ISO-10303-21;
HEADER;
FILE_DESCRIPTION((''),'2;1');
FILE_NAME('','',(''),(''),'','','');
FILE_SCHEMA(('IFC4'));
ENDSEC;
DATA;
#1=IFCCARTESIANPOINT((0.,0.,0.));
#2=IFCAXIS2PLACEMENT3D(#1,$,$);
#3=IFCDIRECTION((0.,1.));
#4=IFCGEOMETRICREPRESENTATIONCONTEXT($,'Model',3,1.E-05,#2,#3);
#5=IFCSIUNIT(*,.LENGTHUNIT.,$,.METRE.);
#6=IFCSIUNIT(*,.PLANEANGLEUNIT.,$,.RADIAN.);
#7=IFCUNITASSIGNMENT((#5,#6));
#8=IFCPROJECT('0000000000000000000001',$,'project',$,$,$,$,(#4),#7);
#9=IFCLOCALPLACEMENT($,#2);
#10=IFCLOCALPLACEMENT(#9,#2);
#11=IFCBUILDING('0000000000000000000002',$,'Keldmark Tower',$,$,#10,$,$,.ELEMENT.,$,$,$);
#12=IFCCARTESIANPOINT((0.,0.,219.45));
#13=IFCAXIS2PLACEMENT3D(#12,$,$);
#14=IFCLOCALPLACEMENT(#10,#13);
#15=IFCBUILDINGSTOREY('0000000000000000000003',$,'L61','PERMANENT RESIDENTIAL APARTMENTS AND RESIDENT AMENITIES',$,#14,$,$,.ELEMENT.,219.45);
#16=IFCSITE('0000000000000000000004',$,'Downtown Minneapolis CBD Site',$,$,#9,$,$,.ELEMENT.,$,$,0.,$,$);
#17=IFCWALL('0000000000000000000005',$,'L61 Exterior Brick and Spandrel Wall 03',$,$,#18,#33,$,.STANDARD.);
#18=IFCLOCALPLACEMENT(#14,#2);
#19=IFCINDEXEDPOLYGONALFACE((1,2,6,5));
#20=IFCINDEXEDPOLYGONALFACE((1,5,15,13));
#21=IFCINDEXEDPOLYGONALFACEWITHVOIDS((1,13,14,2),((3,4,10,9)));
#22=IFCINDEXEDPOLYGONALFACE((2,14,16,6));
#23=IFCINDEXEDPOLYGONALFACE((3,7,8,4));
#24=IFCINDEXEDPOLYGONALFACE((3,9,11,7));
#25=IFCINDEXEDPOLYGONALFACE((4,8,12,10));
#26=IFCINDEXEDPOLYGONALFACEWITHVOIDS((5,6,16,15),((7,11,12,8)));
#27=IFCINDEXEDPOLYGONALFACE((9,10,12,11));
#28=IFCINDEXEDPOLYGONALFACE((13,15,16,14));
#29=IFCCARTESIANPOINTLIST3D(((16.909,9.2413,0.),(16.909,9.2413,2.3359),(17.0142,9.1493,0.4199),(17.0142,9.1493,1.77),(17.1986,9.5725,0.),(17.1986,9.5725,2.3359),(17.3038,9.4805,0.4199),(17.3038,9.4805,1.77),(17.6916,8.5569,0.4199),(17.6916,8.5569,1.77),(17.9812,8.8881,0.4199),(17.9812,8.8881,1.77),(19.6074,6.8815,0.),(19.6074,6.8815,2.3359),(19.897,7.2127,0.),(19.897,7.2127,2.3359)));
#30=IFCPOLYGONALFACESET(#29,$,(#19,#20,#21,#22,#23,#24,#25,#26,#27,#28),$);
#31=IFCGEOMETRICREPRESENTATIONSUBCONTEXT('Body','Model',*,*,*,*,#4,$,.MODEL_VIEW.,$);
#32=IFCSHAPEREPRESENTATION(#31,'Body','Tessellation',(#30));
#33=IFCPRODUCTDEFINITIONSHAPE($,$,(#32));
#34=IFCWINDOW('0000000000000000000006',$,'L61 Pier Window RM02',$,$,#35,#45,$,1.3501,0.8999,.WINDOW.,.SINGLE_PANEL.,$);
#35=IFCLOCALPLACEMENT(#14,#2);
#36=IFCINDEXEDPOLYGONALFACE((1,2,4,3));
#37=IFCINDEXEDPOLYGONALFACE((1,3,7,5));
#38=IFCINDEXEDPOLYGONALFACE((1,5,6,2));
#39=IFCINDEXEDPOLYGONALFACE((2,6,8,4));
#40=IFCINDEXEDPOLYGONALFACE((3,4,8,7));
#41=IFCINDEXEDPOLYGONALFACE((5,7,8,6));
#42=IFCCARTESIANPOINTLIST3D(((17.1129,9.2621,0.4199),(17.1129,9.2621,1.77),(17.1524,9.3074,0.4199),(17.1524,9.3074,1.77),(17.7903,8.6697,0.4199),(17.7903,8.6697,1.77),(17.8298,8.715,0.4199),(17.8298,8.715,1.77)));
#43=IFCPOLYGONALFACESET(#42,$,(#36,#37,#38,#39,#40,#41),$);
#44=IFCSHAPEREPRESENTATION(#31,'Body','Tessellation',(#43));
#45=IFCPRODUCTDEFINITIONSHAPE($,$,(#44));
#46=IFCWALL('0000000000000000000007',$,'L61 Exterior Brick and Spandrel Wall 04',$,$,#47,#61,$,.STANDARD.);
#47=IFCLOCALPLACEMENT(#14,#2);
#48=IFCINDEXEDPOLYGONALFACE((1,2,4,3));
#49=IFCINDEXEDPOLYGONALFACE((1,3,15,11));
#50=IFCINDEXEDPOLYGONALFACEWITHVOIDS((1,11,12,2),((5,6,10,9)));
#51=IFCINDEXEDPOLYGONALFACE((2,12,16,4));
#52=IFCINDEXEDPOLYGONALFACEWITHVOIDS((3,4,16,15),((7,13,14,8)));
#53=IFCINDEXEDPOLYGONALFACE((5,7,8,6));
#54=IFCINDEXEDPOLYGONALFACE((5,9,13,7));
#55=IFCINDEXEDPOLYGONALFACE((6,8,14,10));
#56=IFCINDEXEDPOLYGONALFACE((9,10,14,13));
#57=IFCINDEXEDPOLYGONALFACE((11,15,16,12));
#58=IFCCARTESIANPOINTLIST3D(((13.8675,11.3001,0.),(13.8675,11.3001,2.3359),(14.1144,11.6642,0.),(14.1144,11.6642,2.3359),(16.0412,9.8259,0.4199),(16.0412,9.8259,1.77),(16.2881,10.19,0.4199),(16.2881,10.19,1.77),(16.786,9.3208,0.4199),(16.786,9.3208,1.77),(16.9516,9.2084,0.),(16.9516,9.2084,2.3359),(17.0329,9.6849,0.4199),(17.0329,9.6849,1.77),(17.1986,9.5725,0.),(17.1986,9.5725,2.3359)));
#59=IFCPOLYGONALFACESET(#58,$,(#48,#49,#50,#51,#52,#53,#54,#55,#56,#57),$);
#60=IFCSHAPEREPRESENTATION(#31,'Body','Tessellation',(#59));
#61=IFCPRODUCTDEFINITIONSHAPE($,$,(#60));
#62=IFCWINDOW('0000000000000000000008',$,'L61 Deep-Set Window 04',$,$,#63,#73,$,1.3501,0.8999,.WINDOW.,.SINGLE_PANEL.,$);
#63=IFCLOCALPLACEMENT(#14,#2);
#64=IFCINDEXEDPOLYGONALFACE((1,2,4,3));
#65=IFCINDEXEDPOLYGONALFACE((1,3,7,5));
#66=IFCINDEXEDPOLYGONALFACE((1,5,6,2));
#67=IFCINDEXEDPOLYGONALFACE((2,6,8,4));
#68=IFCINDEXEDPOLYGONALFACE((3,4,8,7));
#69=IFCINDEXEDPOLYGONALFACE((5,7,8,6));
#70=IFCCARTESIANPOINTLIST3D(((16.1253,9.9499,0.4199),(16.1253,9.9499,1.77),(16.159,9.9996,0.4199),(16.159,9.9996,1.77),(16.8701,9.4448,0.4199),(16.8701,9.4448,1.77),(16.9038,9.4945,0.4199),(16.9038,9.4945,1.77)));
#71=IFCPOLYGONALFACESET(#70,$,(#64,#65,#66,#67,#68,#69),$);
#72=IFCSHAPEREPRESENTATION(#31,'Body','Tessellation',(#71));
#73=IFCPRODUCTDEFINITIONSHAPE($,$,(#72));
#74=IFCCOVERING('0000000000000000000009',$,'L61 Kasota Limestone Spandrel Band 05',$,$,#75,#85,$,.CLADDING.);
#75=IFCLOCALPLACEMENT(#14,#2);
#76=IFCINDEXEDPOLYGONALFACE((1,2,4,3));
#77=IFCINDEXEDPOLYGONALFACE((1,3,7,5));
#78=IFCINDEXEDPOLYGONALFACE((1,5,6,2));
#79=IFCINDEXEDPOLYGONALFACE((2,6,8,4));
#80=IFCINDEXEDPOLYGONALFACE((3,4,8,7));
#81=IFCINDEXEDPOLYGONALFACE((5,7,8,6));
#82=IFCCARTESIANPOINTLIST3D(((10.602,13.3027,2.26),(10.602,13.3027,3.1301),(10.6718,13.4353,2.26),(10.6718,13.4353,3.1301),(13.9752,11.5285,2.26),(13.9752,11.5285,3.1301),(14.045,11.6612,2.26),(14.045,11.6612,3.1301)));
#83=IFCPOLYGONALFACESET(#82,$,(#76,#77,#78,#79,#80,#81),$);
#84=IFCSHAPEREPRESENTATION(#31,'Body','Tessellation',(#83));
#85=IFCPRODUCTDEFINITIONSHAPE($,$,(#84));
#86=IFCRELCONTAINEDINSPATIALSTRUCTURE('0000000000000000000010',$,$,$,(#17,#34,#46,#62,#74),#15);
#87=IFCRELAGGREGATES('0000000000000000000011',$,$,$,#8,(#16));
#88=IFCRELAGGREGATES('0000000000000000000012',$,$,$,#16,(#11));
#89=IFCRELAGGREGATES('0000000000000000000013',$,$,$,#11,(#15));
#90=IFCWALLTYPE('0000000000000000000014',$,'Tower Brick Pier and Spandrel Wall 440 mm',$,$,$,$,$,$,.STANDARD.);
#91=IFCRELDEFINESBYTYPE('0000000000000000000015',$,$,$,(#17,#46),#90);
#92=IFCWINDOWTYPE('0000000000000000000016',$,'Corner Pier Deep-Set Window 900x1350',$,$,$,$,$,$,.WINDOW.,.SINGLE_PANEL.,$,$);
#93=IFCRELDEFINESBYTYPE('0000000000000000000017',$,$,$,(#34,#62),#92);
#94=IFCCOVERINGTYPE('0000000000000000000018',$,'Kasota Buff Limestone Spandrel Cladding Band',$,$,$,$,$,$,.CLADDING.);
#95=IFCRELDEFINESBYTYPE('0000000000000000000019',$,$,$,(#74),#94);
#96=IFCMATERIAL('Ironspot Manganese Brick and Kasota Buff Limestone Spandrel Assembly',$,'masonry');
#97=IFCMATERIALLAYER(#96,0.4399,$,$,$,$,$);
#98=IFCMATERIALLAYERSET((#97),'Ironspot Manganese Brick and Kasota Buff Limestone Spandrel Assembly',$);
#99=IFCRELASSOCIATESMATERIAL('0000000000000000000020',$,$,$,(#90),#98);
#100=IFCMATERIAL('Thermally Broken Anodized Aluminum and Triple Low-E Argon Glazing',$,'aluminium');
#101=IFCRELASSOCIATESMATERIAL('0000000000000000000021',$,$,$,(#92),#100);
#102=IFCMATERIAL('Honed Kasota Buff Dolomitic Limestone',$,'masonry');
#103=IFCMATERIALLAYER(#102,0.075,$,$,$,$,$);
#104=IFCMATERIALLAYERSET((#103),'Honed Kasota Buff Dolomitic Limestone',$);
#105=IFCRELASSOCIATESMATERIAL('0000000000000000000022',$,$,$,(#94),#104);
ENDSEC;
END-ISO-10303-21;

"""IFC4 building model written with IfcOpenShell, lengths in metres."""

from ifc_helpers import new_model, si_unit, direction, frame, frame_2d, origin, origin_2d, place, context, subcontext, project, spatial, rectangle, extrude, material, layer, layer_set, type_object, element, fill, save


model = new_model("IFC4")

# Units and contexts
model_context = context("Model", 3, precision=1e-05, world=origin(), true_north=direction((0.0, 1.0)))
body_context = subcontext(model_context, "Body", "Model", "MODEL_VIEW")
ifc_project = project(units=[si_unit("LENGTHUNIT", "METRE"), si_unit("PLANEANGLEUNIT", "RADIAN")], contexts=[model_context])

# Site, building, storey
site_placement = place(None, origin())
site = spatial("IfcSite", under=ifc_project, at=site_placement, Name="Downtown Minneapolis CBD Site", CompositionType="ELEMENT", RefElevation=0.0)
building_placement = place(site_placement, origin())
building = spatial("IfcBuilding", under=site, at=building_placement, Name="Keldmark Tower", CompositionType="ELEMENT")
storey_placement = place(building_placement, frame((0.0, 0.0, 219.45)))
storey = spatial("IfcBuildingStorey", under=building, at=storey_placement, Name="L61", Description="PERMANENT RESIDENTIAL APARTMENTS AND RESIDENT AMENITIES", CompositionType="ELEMENT", Elevation=219.45)

# Shared definitions
ifc_material_1 = material(Name="Ironspot Manganese Brick and Kasota Buff Limestone Spandrel Assembly", Category="masonry")
ifc_layer_1 = layer(ifc_material_1, 0.4399)
ifc_layer_set_1 = layer_set([ifc_layer_1], Name="Ironspot Manganese Brick and Kasota Buff Limestone Spandrel Assembly")
wall_type_1 = type_object("IfcWallType", Name="Tower Brick Pier and Spandrel Wall 440 mm", PredefinedType="STANDARD", material=ifc_layer_set_1)

# Walls, openings, windows
wall_1_placement = place(storey_placement, frame((17.0537, 9.407, 0.0), z_axis=(0.0, 0.0, 1.0), x_axis=(0.752758, -0.658297, 0.0)))
wall_1 = element("IfcWall", 1, at=wall_1_placement, inside=storey, type_object=wall_type_1, Name="L61 Exterior Brick and Spandrel Wall 03", PredefinedType="STANDARD", context=body_context, shape_type="SweptSolid", body=[
    extrude(rectangle(XDim=3.5847, YDim=0.4399, at=frame_2d((1.7925, 0.0))), origin(), (0.0, 0.0, 1.0), 2.3359),
])
opening_1_placement = place(wall_1_placement, frame((0.1399, 0.0, 0.4199)))
opening_1 = element("IfcOpeningElement", 2, at=opening_1_placement, cuts=wall_1, PredefinedType="OPENING", context=body_context, shape_type="SweptSolid", body=[
    extrude(rectangle(XDim=0.8999, YDim=1.3501, at=frame_2d((0.45, 0.675))), frame((0.0, 0.23, 0.0), z_axis=(0.0, -1.0, 0.0), x_axis=(1.0, 0.0, 0.0)), (0.0, 0.0, 1.0), 0.46),
])
ifc_material_2 = material(Name="Thermally Broken Anodized Aluminum and Triple Low-E Argon Glazing", Category="aluminium")
window_type = type_object("IfcWindowType", Name="Corner Pier Deep-Set Window 900x1350", PartitioningType="SINGLE_PANEL", PredefinedType="WINDOW", material=ifc_material_2)
window_1_placement = place(opening_1_placement, origin())
window_1 = element("IfcWindow", 3, at=window_1_placement, inside=storey, type_object=window_type, Name="L61 Pier Window RM02", OverallHeight=1.3501, OverallWidth=0.8999, PartitioningType="SINGLE_PANEL", PredefinedType="WINDOW", context=body_context, shape_type="SweptSolid", body=[
    extrude(rectangle(XDim=0.8999, YDim=1.3501, at=frame_2d((0.45, 0.675))), frame((0.0, -0.01, 0.0), z_axis=(0.0, -1.0, 0.0), x_axis=(1.0, 0.0, 0.0)), (0.0, 0.0, 1.0), 0.0601),
])
fill(opening_1, window_1)
wall_2_placement = place(storey_placement, frame((13.991, 11.4822, 0.0), z_axis=(0.0, 0.0, 1.0), x_axis=(0.827609, -0.561304, 0.0)))
wall_2 = element("IfcWall", 4, at=wall_2_placement, inside=storey, type_object=wall_type_1, Name="L61 Exterior Brick and Spandrel Wall 04", PredefinedType="STANDARD", context=body_context, shape_type="SweptSolid", body=[
    extrude(rectangle(XDim=3.7266, YDim=0.4399, at=frame_2d((1.8633, 0.0))), origin(), (0.0, 0.0, 1.0), 2.3359),
])
opening_2_placement = place(wall_2_placement, frame((2.6265, 0.0, 0.4199)))
opening_2 = element("IfcOpeningElement", 5, at=opening_2_placement, cuts=wall_2, PredefinedType="OPENING", context=body_context, shape_type="SweptSolid", body=[
    extrude(rectangle(XDim=0.8999, YDim=1.3501, at=frame_2d((0.45, 0.675))), frame((0.0, 0.23, 0.0), z_axis=(0.0, -1.0, 0.0), x_axis=(1.0, 0.0, 0.0)), (0.0, 0.0, 1.0), 0.46),
])
window_2_placement = place(opening_2_placement, origin())
window_2 = element("IfcWindow", 6, at=window_2_placement, inside=storey, type_object=window_type, Name="L61 Deep-Set Window 04", OverallHeight=1.3501, OverallWidth=0.8999, PartitioningType="SINGLE_PANEL", PredefinedType="WINDOW", context=body_context, shape_type="SweptSolid", body=[
    extrude(rectangle(XDim=0.8999, YDim=1.3501, at=frame_2d((0.45, 0.675))), frame((0.0, -0.01, 0.0), z_axis=(0.0, -1.0, 0.0), x_axis=(1.0, 0.0, 0.0)), (0.0, 0.0, 1.0), 0.0601),
])
fill(opening_2, window_2)

# Covering
ifc_material_3 = material(Name="Honed Kasota Buff Dolomitic Limestone", Category="masonry")
ifc_layer_2 = layer(ifc_material_3, 0.075)
ifc_layer_set_2 = layer_set([ifc_layer_2], Name="Honed Kasota Buff Dolomitic Limestone")
covering_type = type_object("IfcCoveringType", Name="Kasota Buff Limestone Spandrel Cladding Band", PredefinedType="CLADDING", material=ifc_layer_set_2)
covering_placement = place(storey_placement, frame((12.3235, 12.4819, 2.26), z_axis=(0.0, 0.0, 1.0), x_axis=(-0.885053, 0.465491, 0.0)))
element("IfcCovering", 7, at=covering_placement, inside=storey, type_object=covering_type, Name="L61 Kasota Limestone Spandrel Band 05", PredefinedType="CLADDING", context=body_context, shape_type="SweptSolid", body=[
    extrude(rectangle(XDim=3.8113, YDim=0.1499, at=origin_2d()), origin(), (0.0, 0.0, 1.0), 0.8701),
])

save(model, "model.ifc")
